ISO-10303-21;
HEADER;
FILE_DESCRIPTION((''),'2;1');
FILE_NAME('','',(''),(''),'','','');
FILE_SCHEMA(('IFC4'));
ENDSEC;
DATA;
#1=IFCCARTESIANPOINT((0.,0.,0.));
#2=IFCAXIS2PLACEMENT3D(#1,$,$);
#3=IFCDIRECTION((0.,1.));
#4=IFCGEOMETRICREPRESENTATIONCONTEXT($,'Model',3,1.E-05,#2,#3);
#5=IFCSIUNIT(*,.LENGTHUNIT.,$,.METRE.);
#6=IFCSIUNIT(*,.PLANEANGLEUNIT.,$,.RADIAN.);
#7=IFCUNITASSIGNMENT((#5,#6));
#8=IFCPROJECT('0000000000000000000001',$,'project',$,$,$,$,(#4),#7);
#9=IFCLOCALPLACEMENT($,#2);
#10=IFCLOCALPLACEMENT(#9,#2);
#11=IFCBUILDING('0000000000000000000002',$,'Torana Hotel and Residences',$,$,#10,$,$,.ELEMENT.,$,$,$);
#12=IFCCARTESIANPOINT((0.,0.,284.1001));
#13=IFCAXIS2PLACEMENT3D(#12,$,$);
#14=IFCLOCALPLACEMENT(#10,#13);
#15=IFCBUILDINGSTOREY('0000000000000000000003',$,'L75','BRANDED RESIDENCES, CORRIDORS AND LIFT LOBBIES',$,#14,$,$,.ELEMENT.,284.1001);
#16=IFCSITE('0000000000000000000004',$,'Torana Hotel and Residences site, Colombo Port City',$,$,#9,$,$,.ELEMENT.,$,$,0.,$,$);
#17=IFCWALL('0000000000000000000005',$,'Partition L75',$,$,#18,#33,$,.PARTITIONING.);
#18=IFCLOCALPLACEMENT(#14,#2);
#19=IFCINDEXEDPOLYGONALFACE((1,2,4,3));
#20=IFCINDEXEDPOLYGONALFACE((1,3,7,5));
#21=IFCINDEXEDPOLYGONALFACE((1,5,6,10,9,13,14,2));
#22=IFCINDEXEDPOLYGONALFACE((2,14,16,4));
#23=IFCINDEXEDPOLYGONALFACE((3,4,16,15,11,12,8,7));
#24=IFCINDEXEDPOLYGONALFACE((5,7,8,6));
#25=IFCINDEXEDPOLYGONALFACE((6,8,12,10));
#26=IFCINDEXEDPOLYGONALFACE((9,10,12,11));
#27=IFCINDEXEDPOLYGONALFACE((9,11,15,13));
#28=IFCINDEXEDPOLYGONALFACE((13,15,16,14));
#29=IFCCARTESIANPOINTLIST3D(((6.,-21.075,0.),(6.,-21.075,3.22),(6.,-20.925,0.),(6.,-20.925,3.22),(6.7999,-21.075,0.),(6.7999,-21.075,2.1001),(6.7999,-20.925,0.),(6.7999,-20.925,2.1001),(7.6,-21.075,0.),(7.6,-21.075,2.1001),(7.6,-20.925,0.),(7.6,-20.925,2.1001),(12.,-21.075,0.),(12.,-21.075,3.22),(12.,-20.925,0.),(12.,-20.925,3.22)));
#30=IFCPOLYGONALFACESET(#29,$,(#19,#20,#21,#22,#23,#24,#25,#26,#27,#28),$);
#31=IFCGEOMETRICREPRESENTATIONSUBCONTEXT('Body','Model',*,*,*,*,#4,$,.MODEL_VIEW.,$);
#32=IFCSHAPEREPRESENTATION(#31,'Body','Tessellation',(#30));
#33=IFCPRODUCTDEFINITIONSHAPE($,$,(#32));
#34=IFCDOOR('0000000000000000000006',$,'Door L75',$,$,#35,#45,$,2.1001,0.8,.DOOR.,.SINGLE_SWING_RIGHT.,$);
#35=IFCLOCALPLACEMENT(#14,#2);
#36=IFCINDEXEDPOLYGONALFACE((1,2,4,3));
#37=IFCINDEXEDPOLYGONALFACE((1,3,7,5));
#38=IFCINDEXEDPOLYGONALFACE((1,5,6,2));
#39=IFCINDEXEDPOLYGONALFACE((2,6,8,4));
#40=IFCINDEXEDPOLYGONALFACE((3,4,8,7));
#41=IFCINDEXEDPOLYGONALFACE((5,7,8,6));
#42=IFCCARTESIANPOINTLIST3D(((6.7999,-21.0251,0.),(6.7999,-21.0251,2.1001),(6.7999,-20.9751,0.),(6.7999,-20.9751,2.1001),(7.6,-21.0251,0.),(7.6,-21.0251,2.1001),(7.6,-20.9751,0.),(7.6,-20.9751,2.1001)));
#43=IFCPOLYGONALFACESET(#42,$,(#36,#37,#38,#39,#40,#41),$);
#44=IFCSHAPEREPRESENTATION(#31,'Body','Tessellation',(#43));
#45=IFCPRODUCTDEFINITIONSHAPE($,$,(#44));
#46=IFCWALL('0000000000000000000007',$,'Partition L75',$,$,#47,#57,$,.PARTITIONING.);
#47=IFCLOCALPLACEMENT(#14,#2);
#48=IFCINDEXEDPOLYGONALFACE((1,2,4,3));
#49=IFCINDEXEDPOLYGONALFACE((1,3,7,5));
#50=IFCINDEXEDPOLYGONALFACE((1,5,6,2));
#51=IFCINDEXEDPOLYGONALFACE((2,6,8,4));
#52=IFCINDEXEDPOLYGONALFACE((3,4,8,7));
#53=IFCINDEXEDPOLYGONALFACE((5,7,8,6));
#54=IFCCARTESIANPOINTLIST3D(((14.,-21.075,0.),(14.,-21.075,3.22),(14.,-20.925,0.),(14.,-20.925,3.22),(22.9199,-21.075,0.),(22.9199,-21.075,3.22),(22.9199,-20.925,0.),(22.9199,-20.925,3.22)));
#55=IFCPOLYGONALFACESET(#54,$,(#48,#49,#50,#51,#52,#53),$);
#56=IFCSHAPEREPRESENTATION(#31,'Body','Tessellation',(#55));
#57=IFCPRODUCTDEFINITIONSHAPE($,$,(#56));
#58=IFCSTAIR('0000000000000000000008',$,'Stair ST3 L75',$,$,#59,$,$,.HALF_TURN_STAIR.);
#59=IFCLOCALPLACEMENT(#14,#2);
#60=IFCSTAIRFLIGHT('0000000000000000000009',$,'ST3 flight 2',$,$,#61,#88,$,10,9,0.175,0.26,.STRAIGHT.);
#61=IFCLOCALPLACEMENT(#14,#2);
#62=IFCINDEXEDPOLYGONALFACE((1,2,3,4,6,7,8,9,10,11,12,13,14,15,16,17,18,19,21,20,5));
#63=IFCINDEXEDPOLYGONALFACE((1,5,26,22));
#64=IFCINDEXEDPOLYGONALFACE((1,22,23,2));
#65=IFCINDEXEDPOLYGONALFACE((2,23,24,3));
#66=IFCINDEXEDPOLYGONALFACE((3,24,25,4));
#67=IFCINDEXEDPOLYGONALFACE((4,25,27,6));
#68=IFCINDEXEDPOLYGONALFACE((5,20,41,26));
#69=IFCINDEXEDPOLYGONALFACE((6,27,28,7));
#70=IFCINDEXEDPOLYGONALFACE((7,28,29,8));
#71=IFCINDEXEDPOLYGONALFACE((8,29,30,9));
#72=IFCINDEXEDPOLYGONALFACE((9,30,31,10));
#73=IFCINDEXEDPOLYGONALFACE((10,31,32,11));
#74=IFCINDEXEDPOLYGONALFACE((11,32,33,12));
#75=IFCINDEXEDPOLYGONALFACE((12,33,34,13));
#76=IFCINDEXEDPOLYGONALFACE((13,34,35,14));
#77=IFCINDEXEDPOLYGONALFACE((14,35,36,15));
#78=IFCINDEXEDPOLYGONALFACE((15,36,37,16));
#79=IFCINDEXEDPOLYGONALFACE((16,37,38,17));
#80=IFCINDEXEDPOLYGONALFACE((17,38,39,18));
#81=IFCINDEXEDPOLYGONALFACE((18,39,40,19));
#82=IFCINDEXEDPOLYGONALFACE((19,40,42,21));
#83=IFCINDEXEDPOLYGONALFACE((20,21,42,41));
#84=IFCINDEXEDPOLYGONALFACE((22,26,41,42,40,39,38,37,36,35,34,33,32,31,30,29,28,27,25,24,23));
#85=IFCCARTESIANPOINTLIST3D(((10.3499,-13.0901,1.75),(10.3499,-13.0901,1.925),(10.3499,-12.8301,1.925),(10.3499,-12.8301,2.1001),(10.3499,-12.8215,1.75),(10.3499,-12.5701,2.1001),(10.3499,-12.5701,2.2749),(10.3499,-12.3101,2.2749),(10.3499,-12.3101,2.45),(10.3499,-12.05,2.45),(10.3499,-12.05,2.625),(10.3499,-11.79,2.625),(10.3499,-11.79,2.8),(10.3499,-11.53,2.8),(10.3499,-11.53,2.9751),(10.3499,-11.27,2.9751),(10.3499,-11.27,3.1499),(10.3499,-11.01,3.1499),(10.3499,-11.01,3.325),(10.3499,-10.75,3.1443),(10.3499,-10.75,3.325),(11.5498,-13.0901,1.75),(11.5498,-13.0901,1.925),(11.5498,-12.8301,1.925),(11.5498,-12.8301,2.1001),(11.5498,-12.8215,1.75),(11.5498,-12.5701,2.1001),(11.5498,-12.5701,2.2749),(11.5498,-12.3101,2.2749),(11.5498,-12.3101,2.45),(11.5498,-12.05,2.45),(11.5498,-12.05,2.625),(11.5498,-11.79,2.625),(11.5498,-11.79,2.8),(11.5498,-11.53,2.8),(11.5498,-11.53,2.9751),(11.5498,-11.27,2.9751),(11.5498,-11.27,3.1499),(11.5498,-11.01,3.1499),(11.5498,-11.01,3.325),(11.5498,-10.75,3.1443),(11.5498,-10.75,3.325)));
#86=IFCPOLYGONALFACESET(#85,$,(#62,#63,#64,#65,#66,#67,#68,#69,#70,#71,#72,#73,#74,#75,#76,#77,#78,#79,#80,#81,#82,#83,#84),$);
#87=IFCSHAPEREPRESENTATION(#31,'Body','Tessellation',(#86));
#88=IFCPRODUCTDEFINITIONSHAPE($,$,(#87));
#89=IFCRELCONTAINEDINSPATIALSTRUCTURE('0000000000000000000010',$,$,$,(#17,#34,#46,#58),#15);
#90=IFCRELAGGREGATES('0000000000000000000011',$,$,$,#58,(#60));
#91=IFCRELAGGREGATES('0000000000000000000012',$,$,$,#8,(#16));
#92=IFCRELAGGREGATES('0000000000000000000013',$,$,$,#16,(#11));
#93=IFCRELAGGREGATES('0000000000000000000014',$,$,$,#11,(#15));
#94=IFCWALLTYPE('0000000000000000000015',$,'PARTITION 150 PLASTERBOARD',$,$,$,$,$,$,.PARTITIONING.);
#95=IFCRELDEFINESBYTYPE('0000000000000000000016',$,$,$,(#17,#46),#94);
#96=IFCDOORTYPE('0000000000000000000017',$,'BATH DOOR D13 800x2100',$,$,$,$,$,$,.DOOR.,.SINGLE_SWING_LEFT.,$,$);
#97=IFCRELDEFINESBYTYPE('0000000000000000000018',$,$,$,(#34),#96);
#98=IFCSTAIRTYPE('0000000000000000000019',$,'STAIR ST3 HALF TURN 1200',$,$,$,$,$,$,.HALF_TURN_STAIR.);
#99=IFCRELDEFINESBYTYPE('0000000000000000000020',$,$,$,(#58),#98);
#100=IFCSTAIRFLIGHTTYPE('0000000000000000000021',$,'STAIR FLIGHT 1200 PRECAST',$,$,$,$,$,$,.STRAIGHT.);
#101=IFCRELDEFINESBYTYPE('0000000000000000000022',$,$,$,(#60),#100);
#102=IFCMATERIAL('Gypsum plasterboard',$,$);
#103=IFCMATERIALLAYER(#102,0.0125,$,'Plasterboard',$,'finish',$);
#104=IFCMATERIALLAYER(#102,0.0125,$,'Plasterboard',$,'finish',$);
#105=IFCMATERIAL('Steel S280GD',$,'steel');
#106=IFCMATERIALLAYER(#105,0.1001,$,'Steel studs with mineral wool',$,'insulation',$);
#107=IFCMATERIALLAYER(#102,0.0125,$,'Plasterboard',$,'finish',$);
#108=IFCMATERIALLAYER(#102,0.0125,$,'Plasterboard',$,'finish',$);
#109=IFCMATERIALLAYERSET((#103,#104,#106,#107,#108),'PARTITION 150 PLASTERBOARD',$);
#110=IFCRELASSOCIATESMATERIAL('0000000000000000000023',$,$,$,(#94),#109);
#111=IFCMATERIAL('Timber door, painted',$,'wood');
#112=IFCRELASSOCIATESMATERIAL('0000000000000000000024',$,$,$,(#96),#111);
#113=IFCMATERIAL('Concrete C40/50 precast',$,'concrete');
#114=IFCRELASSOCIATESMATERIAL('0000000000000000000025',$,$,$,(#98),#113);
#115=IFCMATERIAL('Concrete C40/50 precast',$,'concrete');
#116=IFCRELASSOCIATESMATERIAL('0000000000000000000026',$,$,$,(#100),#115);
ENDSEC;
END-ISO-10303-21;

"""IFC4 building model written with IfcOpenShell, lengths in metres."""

from ifc_helpers import new_model, si_unit, direction, frame, frame_2d, origin, place, context, subcontext, project, spatial, polyline, rectangle, outline, extrude, material, layer, layer_set, type_object, element, fill, aggregate, save


model = new_model("IFC4")

# Units and contexts
model_context = context("Model", 3, precision=1e-05, world=origin(), true_north=direction((0.0, 1.0)))
body_context = subcontext(model_context, "Body", "Model", "MODEL_VIEW")
ifc_project = project(units=[si_unit("LENGTHUNIT", "METRE"), si_unit("PLANEANGLEUNIT", "RADIAN")], contexts=[model_context])

# Site, building, storey
site_placement = place(None, origin())
site = spatial("IfcSite", under=ifc_project, at=site_placement, Name="Torana Hotel and Residences site, Colombo Port City", CompositionType="ELEMENT", RefElevation=0.0)
building_placement = place(site_placement, origin())
building = spatial("IfcBuilding", under=site, at=building_placement, Name="Torana Hotel and Residences", CompositionType="ELEMENT")
storey_placement = place(building_placement, frame((0.0, 0.0, 284.1001)))
storey = spatial("IfcBuildingStorey", under=building, at=storey_placement, Name="L75", Description="BRANDED RESIDENCES, CORRIDORS AND LIFT LOBBIES", CompositionType="ELEMENT", Elevation=284.1001)

# Shared definitions
ifc_material_1 = material(Name="Gypsum plasterboard")
ifc_layer_1 = layer(ifc_material_1, 0.0125, Name="Plasterboard", Category="finish")
ifc_layer_2 = layer(ifc_material_1, 0.0125, Name="Plasterboard", Category="finish")
ifc_material_2 = material(Name="Steel S280GD", Category="steel")
ifc_layer_3 = layer(ifc_material_2, 0.1001, Name="Steel studs with mineral wool", Category="insulation")
ifc_layer_4 = layer(ifc_material_1, 0.0125, Name="Plasterboard", Category="finish")
ifc_layer_5 = layer(ifc_material_1, 0.0125, Name="Plasterboard", Category="finish")
ifc_layer_set_1 = layer_set([ifc_layer_1, ifc_layer_2, ifc_layer_3, ifc_layer_4, ifc_layer_5], Name="PARTITION 150 PLASTERBOARD")
wall_type_1 = type_object("IfcWallType", Name="PARTITION 150 PLASTERBOARD", PredefinedType="PARTITIONING", material=ifc_layer_set_1)

# Shared definitions
ifc_material_3 = material(Name="Timber door, painted", Category="wood")
door_type_1 = type_object("IfcDoorType", Name="BATH DOOR D13 800x2100", OperationType="SINGLE_SWING_LEFT", PredefinedType="DOOR", material=ifc_material_3)

# Wall, opening, door
wall_1_placement = place(storey_placement, frame((6.0, -21.0, 0.0), z_axis=(0.0, 0.0, 1.0), x_axis=(1.0, 0.0, 0.0)))
wall_1 = element("IfcWall", 1, at=wall_1_placement, inside=storey, type_object=wall_type_1, Name="Partition L75", PredefinedType="PARTITIONING", context=body_context, shape_type="SweptSolid", body=[
    extrude(rectangle(XDim=6.0, YDim=0.1499, at=frame_2d((3.0, 0.0))), origin(), (0.0, 0.0, 1.0), 3.22),
])
opening_1_placement = place(wall_1_placement, frame((0.8, 0.0, 0.0)))
opening_1 = element("IfcOpeningElement", 2, at=opening_1_placement, cuts=wall_1, PredefinedType="OPENING", context=body_context, shape_type="SweptSolid", body=[
    extrude(rectangle(XDim=0.8, YDim=2.1001, at=frame_2d((0.3999, 1.05))), frame((0.0, 0.085, 0.0), z_axis=(0.0, -1.0, 0.0), x_axis=(1.0, 0.0, 0.0)), (0.0, 0.0, 1.0), 0.1699),
])
door_1_placement = place(opening_1_placement, origin())
door_1 = element("IfcDoor", 3, at=door_1_placement, inside=storey, type_object=door_type_1, Name="Door L75", OperationType="SINGLE_SWING_RIGHT", OverallHeight=2.1001, OverallWidth=0.8, PredefinedType="DOOR", context=body_context, shape_type="SweptSolid", body=[
    extrude(rectangle(XDim=0.8, YDim=2.1001, at=frame_2d((0.3999, 1.05))), frame((0.0, 0.0249, 0.0), z_axis=(0.0, -1.0, 0.0), x_axis=(1.0, 0.0, 0.0)), (0.0, 0.0, 1.0), 0.05),
])
fill(opening_1, door_1)

# Wall
wall_2_placement = place(storey_placement, frame((14.0, -21.0, 0.0), z_axis=(0.0, 0.0, 1.0), x_axis=(1.0, 0.0, 0.0)))
element("IfcWall", 4, at=wall_2_placement, inside=storey, type_object=wall_type_1, Name="Partition L75", PredefinedType="PARTITIONING", context=body_context, shape_type="SweptSolid", body=[
    extrude(rectangle(XDim=8.9199, YDim=0.1499, at=frame_2d((4.46, 0.0))), origin(), (0.0, 0.0, 1.0), 3.22),
])

# Stair, stair flight
ifc_material_4 = material(Name="Concrete C40/50 precast", Category="concrete")
stair_type = type_object("IfcStairType", Name="STAIR ST3 HALF TURN 1200", PredefinedType="HALF_TURN_STAIR", material=ifc_material_4)
stair_placement = place(storey_placement, origin())
stair = element("IfcStair", 5, at=stair_placement, inside=storey, type_object=stair_type, Name="Stair ST3 L75", PredefinedType="HALF_TURN_STAIR")
ifc_material_5 = material(Name="Concrete C40/50 precast", Category="concrete")
stair_flight_type = type_object("IfcStairFlightType", Name="STAIR FLIGHT 1200 PRECAST", PredefinedType="STRAIGHT", material=ifc_material_5)
stair_flight_placement = place(storey_placement, frame((10.95, -13.0901, 1.75), z_axis=(0.0, 0.0, 1.0), x_axis=(0.0, 1.0, 0.0)))
stair_flight = element("IfcStairFlight", 6, at=stair_flight_placement, type_object=stair_flight_type, Name="ST3 flight 2", NumberOfRisers=10, NumberOfTreads=9, PredefinedType="STRAIGHT", RiserHeight=0.175, TreadLength=0.26, context=body_context, shape_type="SweptSolid", body=[
    extrude(outline(polyline([(0.0, 0.0), (0.0, 0.175), (0.26, 0.175), (0.26, 0.3501), (0.52, 0.3501), (0.52, 0.5249), (0.78, 0.5249), (0.78, 0.7), (1.04, 0.7), (1.04, 0.875), (1.3, 0.875), (1.3, 1.05), (1.5601, 1.05), (1.5601, 1.2251), (1.8201, 1.2251), (1.8201, 1.3999), (2.0801, 1.3999), (2.0801, 1.575), (2.3401, 1.575), (2.3401, 1.75), (2.3401, 1.3943), (0.2686, 0.0), (0.0, 0.0)])), frame((0.0, 0.6001, 0.0), z_axis=(0.0, -1.0, 0.0), x_axis=(1.0, 0.0, 0.0)), (0.0, 0.0, 1.0), 1.2),
])
aggregate(stair, [stair_flight])

save(model, "model.ifc")
